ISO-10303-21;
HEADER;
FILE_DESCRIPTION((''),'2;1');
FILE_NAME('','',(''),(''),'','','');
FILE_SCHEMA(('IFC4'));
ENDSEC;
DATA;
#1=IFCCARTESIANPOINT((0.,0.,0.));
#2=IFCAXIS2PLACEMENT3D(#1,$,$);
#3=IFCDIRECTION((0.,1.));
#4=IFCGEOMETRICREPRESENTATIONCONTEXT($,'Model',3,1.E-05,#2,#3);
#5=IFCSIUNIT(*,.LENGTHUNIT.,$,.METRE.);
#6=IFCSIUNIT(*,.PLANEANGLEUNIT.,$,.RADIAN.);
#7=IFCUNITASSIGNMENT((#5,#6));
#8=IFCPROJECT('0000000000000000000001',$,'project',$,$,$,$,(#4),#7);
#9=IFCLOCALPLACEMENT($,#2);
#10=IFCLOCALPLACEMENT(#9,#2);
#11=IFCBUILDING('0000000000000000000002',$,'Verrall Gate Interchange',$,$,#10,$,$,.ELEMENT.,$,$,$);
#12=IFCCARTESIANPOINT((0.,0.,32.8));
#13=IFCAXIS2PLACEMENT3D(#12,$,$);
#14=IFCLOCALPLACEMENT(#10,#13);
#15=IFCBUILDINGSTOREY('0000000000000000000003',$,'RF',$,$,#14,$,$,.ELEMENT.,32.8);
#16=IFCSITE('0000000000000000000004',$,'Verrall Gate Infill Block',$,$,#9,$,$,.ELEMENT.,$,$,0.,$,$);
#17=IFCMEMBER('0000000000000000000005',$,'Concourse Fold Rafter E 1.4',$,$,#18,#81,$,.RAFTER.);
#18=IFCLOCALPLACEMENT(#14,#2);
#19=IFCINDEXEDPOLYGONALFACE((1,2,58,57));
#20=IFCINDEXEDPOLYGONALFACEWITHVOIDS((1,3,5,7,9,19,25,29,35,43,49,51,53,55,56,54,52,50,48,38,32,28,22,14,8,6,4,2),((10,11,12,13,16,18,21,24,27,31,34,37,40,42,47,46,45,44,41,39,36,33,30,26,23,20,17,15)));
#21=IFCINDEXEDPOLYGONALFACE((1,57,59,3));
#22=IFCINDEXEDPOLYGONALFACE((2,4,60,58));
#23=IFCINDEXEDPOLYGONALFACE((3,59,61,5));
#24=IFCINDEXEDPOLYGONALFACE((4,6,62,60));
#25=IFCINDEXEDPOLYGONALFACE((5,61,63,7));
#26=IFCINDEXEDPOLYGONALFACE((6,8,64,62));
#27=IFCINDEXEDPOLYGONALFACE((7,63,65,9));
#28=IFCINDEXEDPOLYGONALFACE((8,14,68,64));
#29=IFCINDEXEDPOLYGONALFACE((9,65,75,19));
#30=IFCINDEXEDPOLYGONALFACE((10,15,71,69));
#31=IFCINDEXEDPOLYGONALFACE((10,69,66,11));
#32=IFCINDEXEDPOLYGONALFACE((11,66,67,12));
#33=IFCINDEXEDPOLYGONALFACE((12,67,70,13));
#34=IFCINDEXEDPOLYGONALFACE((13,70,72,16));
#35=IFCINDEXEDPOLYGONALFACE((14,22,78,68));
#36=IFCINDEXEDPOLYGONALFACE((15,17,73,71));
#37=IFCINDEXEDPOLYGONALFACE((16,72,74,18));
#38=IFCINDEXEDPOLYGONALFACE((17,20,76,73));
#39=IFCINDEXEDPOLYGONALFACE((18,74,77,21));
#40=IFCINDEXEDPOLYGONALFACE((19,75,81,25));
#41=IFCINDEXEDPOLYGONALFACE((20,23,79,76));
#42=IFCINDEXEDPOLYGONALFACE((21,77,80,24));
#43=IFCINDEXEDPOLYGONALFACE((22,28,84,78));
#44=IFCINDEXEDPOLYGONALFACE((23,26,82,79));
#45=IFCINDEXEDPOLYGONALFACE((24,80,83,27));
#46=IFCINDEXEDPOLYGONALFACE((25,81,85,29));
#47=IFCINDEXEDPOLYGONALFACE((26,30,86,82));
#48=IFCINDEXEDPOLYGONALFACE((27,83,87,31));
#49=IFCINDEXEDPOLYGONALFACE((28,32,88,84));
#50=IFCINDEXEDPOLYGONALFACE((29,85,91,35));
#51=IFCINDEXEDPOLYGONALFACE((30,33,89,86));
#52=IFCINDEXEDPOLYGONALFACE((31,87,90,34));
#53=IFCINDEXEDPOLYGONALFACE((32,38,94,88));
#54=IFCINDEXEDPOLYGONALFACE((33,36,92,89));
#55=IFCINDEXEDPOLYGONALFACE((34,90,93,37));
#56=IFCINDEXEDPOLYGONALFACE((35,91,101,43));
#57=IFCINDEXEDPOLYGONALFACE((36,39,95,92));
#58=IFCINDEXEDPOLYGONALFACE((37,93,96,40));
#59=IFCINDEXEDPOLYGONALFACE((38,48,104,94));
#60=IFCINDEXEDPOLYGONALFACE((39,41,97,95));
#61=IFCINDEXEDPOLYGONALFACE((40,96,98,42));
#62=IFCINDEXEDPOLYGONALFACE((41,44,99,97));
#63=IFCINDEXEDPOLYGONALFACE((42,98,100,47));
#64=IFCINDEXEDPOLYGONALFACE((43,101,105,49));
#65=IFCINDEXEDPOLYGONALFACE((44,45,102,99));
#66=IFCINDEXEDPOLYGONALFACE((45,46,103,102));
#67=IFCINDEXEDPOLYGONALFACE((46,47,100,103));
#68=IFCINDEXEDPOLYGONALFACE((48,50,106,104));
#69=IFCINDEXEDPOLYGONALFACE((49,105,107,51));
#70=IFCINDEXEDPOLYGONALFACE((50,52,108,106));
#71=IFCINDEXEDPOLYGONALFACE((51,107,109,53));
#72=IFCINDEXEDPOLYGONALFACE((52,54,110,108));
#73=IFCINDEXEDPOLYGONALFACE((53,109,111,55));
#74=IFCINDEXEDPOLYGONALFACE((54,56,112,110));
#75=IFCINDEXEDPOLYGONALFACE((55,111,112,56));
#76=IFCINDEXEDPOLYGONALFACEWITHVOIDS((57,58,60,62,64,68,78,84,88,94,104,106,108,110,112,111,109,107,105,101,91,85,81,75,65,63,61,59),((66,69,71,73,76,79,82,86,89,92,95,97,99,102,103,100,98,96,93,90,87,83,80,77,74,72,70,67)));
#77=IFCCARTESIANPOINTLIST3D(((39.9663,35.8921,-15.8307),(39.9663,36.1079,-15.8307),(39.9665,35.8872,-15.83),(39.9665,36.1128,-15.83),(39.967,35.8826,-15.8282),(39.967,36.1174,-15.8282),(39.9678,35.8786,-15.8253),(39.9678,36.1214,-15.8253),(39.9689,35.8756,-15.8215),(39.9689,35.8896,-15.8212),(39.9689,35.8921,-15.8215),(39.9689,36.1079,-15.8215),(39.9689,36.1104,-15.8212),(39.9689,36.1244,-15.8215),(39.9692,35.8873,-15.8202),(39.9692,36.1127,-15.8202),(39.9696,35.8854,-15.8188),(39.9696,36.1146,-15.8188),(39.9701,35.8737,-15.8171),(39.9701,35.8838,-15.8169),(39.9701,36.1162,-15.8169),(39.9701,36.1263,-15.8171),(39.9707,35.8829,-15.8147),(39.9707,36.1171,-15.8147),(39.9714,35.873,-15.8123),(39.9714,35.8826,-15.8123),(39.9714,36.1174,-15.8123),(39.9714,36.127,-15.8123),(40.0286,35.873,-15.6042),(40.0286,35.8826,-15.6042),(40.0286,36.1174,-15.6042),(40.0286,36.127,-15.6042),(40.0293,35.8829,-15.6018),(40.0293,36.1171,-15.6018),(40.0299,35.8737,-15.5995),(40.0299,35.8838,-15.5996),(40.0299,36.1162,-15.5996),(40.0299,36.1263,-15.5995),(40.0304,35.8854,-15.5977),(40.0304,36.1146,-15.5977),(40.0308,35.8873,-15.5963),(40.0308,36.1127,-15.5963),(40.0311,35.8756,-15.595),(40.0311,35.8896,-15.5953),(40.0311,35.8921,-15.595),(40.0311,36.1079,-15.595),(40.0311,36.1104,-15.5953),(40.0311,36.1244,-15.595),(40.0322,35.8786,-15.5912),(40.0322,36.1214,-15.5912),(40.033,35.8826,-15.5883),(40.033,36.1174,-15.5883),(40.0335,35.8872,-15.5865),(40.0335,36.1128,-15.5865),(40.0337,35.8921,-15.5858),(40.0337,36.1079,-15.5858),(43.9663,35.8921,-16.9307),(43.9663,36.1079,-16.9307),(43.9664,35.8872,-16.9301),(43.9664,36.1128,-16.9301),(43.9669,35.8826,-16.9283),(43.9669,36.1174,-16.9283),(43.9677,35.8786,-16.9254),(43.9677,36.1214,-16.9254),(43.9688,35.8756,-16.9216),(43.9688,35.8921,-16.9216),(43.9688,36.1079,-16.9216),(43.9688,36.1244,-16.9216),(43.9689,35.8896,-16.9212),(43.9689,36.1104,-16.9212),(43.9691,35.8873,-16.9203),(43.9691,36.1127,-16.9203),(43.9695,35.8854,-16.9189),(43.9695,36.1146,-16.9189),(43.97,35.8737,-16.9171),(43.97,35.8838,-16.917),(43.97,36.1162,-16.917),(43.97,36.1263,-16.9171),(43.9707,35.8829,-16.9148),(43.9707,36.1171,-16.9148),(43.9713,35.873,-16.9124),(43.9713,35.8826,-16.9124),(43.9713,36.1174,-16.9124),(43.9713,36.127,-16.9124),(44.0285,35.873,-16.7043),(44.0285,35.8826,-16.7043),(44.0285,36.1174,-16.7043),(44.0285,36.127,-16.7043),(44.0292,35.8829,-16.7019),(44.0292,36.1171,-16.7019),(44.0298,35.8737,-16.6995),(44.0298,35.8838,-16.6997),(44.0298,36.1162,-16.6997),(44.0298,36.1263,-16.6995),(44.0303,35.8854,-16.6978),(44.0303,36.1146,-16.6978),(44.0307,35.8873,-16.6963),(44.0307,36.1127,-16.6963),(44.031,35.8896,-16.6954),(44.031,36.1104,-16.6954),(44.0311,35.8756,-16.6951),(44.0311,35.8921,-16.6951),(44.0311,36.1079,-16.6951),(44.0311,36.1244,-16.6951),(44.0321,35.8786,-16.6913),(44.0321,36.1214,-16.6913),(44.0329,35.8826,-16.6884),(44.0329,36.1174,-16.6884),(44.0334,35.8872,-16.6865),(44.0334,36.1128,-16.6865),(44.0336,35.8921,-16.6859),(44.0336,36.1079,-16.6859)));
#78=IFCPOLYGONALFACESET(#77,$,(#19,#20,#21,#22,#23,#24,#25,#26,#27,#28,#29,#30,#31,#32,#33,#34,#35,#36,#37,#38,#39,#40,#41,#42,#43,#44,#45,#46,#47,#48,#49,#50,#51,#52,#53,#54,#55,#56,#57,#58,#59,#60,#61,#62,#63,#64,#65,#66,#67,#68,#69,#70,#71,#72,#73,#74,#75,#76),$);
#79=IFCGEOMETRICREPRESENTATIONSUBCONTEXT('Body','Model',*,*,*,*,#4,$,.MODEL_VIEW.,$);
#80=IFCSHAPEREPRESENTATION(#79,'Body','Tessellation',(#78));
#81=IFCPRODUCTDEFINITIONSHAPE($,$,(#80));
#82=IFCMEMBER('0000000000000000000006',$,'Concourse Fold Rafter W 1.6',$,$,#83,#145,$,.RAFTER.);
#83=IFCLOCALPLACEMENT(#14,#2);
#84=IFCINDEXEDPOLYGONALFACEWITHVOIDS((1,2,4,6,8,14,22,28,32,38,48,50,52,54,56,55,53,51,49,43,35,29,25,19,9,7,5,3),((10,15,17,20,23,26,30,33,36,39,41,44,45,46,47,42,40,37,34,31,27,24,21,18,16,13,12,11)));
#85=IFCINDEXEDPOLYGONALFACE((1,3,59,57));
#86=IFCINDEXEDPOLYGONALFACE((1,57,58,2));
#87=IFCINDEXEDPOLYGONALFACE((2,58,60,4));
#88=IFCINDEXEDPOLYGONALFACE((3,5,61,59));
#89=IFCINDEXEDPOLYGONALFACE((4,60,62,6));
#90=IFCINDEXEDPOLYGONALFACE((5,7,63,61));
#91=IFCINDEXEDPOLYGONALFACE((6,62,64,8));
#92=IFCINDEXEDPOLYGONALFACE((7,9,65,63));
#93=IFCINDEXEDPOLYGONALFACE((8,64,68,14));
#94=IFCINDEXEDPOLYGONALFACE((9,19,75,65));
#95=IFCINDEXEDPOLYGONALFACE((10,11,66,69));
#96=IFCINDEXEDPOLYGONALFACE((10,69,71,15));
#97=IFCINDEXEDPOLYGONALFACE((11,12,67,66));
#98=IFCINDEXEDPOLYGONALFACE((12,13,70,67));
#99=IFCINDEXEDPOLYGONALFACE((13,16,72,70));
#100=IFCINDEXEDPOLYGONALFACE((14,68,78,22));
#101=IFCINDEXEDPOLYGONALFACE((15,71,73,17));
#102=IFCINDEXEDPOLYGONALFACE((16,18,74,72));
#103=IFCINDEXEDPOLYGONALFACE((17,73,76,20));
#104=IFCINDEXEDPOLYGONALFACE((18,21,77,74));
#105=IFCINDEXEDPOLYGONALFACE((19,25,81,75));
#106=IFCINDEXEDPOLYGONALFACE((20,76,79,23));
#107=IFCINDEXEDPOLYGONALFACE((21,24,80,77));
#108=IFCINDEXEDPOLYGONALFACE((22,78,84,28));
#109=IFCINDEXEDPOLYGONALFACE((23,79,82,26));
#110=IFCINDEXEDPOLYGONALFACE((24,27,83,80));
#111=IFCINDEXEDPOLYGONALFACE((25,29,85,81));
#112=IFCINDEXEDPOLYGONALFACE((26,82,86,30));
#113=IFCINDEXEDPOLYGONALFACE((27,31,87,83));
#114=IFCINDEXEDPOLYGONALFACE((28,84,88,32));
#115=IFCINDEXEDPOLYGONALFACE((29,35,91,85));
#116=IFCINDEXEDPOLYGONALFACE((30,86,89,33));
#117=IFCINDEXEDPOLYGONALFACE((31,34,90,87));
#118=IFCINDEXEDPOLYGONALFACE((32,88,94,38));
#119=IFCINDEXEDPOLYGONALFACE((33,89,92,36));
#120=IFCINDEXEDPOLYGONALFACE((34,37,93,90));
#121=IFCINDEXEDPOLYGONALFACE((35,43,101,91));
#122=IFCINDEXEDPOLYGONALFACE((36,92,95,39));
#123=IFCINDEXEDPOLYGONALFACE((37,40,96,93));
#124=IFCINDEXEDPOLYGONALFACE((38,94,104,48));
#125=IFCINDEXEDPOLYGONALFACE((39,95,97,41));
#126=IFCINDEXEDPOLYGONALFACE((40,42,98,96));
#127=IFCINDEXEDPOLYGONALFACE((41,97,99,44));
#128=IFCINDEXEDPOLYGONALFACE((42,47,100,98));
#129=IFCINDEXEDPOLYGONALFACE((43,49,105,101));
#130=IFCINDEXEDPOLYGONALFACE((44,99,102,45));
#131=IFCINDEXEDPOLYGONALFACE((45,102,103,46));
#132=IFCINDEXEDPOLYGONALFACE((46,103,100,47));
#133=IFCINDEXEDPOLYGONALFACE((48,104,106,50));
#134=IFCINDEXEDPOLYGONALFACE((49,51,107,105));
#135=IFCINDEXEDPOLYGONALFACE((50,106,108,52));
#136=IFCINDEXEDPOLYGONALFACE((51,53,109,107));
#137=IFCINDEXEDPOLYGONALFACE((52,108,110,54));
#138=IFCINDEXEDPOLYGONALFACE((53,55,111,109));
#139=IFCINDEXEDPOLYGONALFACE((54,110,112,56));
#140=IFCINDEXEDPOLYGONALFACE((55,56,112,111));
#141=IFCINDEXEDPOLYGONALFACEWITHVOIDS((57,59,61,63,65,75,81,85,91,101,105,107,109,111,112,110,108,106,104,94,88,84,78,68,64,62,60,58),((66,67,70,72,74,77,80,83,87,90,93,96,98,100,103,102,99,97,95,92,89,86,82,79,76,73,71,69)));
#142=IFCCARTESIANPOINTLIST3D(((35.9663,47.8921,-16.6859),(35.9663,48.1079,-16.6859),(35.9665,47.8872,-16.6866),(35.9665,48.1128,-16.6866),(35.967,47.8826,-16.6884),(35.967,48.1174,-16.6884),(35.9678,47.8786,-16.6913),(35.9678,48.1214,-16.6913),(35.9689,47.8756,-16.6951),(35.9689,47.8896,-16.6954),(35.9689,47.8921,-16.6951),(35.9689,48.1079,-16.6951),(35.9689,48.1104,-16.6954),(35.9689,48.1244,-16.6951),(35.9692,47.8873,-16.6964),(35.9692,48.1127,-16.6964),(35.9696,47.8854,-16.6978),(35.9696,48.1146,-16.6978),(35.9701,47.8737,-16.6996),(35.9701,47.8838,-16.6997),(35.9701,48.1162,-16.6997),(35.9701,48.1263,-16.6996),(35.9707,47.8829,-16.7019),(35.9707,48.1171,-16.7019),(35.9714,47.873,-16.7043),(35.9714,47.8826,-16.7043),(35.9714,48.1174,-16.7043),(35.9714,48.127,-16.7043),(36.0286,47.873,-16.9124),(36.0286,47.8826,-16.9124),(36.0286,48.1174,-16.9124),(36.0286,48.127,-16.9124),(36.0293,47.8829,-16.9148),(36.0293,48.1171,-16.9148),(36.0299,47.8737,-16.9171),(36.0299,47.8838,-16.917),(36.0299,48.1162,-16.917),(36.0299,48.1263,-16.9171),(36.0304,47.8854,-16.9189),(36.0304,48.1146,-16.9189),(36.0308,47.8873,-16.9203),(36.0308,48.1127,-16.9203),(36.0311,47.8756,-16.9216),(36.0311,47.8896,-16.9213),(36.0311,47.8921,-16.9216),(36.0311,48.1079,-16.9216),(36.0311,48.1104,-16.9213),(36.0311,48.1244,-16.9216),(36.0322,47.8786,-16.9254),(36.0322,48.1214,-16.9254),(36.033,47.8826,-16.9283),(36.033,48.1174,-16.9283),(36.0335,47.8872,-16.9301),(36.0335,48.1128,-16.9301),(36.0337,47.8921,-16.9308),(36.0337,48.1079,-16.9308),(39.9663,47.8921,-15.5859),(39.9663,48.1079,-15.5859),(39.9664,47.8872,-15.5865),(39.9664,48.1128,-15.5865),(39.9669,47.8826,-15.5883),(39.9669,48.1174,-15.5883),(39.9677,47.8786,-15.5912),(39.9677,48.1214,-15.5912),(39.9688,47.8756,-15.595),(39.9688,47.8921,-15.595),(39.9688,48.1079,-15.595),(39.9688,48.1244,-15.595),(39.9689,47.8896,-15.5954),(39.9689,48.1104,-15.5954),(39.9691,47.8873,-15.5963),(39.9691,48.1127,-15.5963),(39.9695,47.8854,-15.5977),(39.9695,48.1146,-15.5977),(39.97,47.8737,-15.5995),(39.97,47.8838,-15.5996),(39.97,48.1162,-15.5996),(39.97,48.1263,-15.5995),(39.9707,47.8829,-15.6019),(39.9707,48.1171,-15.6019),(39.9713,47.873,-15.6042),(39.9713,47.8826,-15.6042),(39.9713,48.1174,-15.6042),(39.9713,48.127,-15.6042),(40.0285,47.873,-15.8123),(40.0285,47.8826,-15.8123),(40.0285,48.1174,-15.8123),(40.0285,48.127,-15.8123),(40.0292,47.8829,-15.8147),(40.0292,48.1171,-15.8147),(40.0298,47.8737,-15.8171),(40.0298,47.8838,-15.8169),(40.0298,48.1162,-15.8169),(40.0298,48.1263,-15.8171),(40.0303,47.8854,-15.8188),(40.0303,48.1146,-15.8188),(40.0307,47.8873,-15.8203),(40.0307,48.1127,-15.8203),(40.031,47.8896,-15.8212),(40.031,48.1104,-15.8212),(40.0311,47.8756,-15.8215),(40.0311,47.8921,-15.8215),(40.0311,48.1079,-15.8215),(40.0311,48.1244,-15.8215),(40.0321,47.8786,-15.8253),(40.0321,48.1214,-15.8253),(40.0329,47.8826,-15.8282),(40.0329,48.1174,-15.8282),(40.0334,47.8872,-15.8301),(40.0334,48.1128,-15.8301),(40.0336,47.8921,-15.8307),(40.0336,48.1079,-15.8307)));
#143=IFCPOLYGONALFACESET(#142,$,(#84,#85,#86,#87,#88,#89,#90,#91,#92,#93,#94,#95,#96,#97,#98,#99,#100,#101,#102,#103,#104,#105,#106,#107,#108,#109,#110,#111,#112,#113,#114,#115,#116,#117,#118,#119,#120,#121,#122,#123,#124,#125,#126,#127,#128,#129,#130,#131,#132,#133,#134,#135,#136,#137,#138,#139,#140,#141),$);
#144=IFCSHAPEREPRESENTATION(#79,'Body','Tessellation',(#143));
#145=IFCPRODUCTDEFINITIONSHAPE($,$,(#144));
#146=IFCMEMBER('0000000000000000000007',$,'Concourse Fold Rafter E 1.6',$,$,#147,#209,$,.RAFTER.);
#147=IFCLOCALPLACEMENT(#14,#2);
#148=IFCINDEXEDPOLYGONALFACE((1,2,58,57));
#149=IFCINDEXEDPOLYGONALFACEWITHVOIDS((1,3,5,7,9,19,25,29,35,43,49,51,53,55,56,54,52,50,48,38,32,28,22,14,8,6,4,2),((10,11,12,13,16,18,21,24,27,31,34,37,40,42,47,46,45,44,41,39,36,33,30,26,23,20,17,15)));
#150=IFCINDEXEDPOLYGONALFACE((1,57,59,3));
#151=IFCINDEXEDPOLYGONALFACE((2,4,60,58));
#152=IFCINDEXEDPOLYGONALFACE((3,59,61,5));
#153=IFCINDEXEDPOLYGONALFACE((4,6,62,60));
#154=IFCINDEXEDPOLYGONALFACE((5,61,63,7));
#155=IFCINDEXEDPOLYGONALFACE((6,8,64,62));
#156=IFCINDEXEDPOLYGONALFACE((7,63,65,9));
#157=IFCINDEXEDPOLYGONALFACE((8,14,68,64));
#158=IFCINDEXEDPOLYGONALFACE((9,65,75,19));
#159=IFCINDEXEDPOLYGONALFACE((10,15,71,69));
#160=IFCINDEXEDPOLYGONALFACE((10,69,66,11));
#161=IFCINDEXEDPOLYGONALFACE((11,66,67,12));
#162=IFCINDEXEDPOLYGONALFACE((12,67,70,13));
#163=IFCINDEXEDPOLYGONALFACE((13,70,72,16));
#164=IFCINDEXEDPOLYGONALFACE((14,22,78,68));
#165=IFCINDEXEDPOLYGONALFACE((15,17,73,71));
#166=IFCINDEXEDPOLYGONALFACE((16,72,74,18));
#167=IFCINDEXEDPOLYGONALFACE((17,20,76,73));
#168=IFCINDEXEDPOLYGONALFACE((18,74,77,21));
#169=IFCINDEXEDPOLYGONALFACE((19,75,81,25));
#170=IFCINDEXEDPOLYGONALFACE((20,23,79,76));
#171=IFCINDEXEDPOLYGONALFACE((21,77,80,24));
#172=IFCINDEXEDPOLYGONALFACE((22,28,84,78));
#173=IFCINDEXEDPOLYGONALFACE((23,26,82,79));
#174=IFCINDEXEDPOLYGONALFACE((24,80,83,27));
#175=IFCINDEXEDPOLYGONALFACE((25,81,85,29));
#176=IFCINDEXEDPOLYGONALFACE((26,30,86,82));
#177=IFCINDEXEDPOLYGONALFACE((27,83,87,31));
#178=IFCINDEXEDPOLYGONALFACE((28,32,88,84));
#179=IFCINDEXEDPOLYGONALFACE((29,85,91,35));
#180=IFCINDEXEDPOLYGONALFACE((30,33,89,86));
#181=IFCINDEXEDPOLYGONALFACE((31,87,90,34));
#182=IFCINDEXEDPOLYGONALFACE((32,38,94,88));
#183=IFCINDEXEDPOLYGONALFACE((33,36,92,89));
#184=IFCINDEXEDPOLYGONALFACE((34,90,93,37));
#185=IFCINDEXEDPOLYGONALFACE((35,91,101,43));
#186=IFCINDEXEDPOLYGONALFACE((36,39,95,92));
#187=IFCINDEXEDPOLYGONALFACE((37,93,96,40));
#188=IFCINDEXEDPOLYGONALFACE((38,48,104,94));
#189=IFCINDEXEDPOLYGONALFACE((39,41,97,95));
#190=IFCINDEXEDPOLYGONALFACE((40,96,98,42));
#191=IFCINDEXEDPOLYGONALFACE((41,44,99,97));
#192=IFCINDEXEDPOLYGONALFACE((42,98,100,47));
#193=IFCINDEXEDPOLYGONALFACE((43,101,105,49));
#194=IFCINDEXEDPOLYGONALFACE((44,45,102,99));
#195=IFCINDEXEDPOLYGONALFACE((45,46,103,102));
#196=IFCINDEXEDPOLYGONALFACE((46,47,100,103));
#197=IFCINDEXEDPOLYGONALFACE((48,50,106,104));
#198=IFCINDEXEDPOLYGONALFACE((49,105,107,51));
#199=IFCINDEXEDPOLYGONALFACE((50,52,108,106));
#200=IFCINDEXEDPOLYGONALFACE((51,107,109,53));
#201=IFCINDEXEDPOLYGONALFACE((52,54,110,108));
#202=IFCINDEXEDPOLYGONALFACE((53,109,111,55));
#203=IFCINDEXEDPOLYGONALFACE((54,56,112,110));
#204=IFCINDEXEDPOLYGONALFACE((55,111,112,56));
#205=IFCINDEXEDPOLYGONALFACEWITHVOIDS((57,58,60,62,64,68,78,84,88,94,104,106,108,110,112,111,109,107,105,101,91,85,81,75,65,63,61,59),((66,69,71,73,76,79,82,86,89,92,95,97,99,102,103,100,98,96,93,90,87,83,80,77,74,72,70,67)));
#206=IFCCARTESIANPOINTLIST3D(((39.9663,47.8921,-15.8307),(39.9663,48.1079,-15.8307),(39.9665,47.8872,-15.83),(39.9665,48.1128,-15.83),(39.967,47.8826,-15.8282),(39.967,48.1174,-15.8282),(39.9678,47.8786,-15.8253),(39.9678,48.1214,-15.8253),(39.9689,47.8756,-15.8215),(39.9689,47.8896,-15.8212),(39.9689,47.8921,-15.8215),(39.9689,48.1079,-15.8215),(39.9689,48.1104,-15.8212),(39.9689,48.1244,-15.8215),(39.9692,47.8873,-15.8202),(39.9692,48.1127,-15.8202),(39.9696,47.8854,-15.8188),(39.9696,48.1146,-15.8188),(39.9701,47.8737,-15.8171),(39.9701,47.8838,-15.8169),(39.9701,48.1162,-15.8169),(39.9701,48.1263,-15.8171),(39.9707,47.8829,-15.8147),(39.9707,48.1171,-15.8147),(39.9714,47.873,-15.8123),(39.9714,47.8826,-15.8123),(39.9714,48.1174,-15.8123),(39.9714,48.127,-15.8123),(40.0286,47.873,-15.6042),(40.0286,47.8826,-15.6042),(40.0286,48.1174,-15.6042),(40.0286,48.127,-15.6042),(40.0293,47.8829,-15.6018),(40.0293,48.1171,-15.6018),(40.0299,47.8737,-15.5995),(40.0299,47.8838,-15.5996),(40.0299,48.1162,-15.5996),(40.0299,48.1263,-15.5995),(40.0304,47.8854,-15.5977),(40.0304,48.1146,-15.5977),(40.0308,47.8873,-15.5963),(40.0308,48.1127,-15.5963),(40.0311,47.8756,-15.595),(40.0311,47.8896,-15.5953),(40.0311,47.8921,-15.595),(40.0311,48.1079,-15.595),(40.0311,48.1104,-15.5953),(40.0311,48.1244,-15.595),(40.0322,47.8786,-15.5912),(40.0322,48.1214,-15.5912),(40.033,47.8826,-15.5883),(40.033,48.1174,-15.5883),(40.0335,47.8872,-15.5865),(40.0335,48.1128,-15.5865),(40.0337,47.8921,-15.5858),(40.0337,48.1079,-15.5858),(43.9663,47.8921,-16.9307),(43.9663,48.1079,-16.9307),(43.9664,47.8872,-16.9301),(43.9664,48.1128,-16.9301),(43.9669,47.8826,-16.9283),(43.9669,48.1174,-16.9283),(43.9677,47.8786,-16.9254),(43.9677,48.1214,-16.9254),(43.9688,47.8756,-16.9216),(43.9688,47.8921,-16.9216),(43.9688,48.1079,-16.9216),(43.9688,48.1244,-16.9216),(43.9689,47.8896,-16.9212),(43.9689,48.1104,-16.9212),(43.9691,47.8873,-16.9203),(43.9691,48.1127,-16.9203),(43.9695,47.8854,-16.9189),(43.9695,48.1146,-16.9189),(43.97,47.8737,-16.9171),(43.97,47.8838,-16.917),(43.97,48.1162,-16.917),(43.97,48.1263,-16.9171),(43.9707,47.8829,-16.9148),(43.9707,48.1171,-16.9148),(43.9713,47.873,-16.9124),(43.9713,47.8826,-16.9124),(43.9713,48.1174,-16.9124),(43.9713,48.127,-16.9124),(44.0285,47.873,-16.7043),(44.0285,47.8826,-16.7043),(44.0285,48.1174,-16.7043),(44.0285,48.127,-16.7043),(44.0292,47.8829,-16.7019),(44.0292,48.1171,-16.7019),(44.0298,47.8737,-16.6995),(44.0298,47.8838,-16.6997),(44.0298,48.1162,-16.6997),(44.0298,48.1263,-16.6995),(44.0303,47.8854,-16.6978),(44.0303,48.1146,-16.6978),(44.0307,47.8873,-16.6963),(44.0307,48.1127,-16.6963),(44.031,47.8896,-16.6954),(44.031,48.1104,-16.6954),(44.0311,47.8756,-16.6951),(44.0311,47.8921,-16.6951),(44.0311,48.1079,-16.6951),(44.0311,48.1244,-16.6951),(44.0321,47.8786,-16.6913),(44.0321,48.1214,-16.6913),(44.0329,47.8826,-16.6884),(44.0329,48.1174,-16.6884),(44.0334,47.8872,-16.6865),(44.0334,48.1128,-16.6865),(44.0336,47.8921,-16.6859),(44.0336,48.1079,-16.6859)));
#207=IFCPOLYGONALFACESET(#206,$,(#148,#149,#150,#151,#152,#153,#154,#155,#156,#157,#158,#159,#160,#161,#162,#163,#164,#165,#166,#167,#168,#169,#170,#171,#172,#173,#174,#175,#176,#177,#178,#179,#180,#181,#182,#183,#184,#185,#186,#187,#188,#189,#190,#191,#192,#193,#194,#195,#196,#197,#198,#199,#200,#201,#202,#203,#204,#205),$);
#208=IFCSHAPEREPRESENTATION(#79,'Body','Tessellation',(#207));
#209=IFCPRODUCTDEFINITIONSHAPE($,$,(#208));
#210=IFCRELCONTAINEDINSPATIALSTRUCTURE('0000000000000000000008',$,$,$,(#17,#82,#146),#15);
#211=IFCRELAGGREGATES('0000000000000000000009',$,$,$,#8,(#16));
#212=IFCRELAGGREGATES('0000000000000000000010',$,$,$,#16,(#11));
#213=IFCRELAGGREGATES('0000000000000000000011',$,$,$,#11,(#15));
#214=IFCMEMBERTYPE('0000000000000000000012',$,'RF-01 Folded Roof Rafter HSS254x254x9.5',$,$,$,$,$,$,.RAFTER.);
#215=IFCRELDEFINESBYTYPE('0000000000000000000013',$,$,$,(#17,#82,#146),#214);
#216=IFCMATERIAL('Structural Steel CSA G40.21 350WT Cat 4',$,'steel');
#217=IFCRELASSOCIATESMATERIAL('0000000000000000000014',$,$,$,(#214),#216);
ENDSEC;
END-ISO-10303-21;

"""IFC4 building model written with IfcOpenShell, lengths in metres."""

from ifc_helpers import new_model, si_unit, direction, frame, origin, origin_2d, place, context, subcontext, project, spatial, hollow_rectangle, extrude, material, material_profile, profile_set, type_object, element, save


model = new_model("IFC4")

# Units and contexts
model_context = context("Model", 3, precision=1e-05, world=origin(), true_north=direction((0.0, 1.0)))
body_context = subcontext(model_context, "Body", "Model", "MODEL_VIEW")
ifc_project = project(units=[si_unit("LENGTHUNIT", "METRE"), si_unit("PLANEANGLEUNIT", "RADIAN")], contexts=[model_context])

# Site, building, storey
site_placement = place(None, origin())
site = spatial("IfcSite", under=ifc_project, at=site_placement, Name="Verrall Gate Infill Block", CompositionType="ELEMENT", RefElevation=0.0)
building_placement = place(site_placement, origin())
building = spatial("IfcBuilding", under=site, at=building_placement, Name="Verrall Gate Interchange", CompositionType="ELEMENT")
storey_placement = place(building_placement, frame((0.0, 0.0, 32.8)))
storey = spatial("IfcBuildingStorey", under=building, at=storey_placement, Name="RF", CompositionType="ELEMENT", Elevation=32.8)

# Members
ifc_material_1 = material(Name="Structural Steel CSA G40.21 350WT Cat 4", Category="steel")
ifc_material_profile_1 = material_profile(ifc_material_1, hollow_rectangle(XDim=0.2539, YDim=0.2539, WallThickness=0.0095, InnerFilletRadius=0.0095, OuterFilletRadius=0.019, at=origin_2d()), Name="HSS254x254x9.5")
ifc_profile_set_1 = profile_set([ifc_material_profile_1], Name="Structural Steel CSA G40.21 350WT Cat 4")
member_type_1 = type_object("IfcMemberType", Name="RF-01 Folded Roof Rafter HSS254x254x9.5", PredefinedType="RAFTER", material=ifc_profile_set_1)
for number, where, z_axis, x_axis, name in (
    (1, (40.0, 36.0, -15.7083), (0.964199, 0.0, -0.265178), (0.0, 1.0, 0.0), "Concourse Fold Rafter E 1.4"),
    (2, (36.0, 48.0, -16.8083), (0.964199, 0.0, 0.265178), (0.0, 1.0, 0.0), "Concourse Fold Rafter W 1.6"),
    (3, (40.0, 48.0, -15.7083), (0.964199, 0.0, -0.265178), (0.0, 1.0, 0.0), "Concourse Fold Rafter E 1.6"),
):
    element("IfcMember", number, at=place(storey_placement, frame(where, z_axis=z_axis, x_axis=x_axis)), inside=storey, type_object=member_type_1, Name=name, PredefinedType="RAFTER", context=body_context, shape_type="SweptSolid", body=[
        extrude(hollow_rectangle(XDim=0.2539, YDim=0.2539, WallThickness=0.0095, InnerFilletRadius=0.0095, OuterFilletRadius=0.019, at=origin_2d()), origin(), (0.0, 0.0, 1.0), 4.1484),
    ])

save(model, "model.ifc")
